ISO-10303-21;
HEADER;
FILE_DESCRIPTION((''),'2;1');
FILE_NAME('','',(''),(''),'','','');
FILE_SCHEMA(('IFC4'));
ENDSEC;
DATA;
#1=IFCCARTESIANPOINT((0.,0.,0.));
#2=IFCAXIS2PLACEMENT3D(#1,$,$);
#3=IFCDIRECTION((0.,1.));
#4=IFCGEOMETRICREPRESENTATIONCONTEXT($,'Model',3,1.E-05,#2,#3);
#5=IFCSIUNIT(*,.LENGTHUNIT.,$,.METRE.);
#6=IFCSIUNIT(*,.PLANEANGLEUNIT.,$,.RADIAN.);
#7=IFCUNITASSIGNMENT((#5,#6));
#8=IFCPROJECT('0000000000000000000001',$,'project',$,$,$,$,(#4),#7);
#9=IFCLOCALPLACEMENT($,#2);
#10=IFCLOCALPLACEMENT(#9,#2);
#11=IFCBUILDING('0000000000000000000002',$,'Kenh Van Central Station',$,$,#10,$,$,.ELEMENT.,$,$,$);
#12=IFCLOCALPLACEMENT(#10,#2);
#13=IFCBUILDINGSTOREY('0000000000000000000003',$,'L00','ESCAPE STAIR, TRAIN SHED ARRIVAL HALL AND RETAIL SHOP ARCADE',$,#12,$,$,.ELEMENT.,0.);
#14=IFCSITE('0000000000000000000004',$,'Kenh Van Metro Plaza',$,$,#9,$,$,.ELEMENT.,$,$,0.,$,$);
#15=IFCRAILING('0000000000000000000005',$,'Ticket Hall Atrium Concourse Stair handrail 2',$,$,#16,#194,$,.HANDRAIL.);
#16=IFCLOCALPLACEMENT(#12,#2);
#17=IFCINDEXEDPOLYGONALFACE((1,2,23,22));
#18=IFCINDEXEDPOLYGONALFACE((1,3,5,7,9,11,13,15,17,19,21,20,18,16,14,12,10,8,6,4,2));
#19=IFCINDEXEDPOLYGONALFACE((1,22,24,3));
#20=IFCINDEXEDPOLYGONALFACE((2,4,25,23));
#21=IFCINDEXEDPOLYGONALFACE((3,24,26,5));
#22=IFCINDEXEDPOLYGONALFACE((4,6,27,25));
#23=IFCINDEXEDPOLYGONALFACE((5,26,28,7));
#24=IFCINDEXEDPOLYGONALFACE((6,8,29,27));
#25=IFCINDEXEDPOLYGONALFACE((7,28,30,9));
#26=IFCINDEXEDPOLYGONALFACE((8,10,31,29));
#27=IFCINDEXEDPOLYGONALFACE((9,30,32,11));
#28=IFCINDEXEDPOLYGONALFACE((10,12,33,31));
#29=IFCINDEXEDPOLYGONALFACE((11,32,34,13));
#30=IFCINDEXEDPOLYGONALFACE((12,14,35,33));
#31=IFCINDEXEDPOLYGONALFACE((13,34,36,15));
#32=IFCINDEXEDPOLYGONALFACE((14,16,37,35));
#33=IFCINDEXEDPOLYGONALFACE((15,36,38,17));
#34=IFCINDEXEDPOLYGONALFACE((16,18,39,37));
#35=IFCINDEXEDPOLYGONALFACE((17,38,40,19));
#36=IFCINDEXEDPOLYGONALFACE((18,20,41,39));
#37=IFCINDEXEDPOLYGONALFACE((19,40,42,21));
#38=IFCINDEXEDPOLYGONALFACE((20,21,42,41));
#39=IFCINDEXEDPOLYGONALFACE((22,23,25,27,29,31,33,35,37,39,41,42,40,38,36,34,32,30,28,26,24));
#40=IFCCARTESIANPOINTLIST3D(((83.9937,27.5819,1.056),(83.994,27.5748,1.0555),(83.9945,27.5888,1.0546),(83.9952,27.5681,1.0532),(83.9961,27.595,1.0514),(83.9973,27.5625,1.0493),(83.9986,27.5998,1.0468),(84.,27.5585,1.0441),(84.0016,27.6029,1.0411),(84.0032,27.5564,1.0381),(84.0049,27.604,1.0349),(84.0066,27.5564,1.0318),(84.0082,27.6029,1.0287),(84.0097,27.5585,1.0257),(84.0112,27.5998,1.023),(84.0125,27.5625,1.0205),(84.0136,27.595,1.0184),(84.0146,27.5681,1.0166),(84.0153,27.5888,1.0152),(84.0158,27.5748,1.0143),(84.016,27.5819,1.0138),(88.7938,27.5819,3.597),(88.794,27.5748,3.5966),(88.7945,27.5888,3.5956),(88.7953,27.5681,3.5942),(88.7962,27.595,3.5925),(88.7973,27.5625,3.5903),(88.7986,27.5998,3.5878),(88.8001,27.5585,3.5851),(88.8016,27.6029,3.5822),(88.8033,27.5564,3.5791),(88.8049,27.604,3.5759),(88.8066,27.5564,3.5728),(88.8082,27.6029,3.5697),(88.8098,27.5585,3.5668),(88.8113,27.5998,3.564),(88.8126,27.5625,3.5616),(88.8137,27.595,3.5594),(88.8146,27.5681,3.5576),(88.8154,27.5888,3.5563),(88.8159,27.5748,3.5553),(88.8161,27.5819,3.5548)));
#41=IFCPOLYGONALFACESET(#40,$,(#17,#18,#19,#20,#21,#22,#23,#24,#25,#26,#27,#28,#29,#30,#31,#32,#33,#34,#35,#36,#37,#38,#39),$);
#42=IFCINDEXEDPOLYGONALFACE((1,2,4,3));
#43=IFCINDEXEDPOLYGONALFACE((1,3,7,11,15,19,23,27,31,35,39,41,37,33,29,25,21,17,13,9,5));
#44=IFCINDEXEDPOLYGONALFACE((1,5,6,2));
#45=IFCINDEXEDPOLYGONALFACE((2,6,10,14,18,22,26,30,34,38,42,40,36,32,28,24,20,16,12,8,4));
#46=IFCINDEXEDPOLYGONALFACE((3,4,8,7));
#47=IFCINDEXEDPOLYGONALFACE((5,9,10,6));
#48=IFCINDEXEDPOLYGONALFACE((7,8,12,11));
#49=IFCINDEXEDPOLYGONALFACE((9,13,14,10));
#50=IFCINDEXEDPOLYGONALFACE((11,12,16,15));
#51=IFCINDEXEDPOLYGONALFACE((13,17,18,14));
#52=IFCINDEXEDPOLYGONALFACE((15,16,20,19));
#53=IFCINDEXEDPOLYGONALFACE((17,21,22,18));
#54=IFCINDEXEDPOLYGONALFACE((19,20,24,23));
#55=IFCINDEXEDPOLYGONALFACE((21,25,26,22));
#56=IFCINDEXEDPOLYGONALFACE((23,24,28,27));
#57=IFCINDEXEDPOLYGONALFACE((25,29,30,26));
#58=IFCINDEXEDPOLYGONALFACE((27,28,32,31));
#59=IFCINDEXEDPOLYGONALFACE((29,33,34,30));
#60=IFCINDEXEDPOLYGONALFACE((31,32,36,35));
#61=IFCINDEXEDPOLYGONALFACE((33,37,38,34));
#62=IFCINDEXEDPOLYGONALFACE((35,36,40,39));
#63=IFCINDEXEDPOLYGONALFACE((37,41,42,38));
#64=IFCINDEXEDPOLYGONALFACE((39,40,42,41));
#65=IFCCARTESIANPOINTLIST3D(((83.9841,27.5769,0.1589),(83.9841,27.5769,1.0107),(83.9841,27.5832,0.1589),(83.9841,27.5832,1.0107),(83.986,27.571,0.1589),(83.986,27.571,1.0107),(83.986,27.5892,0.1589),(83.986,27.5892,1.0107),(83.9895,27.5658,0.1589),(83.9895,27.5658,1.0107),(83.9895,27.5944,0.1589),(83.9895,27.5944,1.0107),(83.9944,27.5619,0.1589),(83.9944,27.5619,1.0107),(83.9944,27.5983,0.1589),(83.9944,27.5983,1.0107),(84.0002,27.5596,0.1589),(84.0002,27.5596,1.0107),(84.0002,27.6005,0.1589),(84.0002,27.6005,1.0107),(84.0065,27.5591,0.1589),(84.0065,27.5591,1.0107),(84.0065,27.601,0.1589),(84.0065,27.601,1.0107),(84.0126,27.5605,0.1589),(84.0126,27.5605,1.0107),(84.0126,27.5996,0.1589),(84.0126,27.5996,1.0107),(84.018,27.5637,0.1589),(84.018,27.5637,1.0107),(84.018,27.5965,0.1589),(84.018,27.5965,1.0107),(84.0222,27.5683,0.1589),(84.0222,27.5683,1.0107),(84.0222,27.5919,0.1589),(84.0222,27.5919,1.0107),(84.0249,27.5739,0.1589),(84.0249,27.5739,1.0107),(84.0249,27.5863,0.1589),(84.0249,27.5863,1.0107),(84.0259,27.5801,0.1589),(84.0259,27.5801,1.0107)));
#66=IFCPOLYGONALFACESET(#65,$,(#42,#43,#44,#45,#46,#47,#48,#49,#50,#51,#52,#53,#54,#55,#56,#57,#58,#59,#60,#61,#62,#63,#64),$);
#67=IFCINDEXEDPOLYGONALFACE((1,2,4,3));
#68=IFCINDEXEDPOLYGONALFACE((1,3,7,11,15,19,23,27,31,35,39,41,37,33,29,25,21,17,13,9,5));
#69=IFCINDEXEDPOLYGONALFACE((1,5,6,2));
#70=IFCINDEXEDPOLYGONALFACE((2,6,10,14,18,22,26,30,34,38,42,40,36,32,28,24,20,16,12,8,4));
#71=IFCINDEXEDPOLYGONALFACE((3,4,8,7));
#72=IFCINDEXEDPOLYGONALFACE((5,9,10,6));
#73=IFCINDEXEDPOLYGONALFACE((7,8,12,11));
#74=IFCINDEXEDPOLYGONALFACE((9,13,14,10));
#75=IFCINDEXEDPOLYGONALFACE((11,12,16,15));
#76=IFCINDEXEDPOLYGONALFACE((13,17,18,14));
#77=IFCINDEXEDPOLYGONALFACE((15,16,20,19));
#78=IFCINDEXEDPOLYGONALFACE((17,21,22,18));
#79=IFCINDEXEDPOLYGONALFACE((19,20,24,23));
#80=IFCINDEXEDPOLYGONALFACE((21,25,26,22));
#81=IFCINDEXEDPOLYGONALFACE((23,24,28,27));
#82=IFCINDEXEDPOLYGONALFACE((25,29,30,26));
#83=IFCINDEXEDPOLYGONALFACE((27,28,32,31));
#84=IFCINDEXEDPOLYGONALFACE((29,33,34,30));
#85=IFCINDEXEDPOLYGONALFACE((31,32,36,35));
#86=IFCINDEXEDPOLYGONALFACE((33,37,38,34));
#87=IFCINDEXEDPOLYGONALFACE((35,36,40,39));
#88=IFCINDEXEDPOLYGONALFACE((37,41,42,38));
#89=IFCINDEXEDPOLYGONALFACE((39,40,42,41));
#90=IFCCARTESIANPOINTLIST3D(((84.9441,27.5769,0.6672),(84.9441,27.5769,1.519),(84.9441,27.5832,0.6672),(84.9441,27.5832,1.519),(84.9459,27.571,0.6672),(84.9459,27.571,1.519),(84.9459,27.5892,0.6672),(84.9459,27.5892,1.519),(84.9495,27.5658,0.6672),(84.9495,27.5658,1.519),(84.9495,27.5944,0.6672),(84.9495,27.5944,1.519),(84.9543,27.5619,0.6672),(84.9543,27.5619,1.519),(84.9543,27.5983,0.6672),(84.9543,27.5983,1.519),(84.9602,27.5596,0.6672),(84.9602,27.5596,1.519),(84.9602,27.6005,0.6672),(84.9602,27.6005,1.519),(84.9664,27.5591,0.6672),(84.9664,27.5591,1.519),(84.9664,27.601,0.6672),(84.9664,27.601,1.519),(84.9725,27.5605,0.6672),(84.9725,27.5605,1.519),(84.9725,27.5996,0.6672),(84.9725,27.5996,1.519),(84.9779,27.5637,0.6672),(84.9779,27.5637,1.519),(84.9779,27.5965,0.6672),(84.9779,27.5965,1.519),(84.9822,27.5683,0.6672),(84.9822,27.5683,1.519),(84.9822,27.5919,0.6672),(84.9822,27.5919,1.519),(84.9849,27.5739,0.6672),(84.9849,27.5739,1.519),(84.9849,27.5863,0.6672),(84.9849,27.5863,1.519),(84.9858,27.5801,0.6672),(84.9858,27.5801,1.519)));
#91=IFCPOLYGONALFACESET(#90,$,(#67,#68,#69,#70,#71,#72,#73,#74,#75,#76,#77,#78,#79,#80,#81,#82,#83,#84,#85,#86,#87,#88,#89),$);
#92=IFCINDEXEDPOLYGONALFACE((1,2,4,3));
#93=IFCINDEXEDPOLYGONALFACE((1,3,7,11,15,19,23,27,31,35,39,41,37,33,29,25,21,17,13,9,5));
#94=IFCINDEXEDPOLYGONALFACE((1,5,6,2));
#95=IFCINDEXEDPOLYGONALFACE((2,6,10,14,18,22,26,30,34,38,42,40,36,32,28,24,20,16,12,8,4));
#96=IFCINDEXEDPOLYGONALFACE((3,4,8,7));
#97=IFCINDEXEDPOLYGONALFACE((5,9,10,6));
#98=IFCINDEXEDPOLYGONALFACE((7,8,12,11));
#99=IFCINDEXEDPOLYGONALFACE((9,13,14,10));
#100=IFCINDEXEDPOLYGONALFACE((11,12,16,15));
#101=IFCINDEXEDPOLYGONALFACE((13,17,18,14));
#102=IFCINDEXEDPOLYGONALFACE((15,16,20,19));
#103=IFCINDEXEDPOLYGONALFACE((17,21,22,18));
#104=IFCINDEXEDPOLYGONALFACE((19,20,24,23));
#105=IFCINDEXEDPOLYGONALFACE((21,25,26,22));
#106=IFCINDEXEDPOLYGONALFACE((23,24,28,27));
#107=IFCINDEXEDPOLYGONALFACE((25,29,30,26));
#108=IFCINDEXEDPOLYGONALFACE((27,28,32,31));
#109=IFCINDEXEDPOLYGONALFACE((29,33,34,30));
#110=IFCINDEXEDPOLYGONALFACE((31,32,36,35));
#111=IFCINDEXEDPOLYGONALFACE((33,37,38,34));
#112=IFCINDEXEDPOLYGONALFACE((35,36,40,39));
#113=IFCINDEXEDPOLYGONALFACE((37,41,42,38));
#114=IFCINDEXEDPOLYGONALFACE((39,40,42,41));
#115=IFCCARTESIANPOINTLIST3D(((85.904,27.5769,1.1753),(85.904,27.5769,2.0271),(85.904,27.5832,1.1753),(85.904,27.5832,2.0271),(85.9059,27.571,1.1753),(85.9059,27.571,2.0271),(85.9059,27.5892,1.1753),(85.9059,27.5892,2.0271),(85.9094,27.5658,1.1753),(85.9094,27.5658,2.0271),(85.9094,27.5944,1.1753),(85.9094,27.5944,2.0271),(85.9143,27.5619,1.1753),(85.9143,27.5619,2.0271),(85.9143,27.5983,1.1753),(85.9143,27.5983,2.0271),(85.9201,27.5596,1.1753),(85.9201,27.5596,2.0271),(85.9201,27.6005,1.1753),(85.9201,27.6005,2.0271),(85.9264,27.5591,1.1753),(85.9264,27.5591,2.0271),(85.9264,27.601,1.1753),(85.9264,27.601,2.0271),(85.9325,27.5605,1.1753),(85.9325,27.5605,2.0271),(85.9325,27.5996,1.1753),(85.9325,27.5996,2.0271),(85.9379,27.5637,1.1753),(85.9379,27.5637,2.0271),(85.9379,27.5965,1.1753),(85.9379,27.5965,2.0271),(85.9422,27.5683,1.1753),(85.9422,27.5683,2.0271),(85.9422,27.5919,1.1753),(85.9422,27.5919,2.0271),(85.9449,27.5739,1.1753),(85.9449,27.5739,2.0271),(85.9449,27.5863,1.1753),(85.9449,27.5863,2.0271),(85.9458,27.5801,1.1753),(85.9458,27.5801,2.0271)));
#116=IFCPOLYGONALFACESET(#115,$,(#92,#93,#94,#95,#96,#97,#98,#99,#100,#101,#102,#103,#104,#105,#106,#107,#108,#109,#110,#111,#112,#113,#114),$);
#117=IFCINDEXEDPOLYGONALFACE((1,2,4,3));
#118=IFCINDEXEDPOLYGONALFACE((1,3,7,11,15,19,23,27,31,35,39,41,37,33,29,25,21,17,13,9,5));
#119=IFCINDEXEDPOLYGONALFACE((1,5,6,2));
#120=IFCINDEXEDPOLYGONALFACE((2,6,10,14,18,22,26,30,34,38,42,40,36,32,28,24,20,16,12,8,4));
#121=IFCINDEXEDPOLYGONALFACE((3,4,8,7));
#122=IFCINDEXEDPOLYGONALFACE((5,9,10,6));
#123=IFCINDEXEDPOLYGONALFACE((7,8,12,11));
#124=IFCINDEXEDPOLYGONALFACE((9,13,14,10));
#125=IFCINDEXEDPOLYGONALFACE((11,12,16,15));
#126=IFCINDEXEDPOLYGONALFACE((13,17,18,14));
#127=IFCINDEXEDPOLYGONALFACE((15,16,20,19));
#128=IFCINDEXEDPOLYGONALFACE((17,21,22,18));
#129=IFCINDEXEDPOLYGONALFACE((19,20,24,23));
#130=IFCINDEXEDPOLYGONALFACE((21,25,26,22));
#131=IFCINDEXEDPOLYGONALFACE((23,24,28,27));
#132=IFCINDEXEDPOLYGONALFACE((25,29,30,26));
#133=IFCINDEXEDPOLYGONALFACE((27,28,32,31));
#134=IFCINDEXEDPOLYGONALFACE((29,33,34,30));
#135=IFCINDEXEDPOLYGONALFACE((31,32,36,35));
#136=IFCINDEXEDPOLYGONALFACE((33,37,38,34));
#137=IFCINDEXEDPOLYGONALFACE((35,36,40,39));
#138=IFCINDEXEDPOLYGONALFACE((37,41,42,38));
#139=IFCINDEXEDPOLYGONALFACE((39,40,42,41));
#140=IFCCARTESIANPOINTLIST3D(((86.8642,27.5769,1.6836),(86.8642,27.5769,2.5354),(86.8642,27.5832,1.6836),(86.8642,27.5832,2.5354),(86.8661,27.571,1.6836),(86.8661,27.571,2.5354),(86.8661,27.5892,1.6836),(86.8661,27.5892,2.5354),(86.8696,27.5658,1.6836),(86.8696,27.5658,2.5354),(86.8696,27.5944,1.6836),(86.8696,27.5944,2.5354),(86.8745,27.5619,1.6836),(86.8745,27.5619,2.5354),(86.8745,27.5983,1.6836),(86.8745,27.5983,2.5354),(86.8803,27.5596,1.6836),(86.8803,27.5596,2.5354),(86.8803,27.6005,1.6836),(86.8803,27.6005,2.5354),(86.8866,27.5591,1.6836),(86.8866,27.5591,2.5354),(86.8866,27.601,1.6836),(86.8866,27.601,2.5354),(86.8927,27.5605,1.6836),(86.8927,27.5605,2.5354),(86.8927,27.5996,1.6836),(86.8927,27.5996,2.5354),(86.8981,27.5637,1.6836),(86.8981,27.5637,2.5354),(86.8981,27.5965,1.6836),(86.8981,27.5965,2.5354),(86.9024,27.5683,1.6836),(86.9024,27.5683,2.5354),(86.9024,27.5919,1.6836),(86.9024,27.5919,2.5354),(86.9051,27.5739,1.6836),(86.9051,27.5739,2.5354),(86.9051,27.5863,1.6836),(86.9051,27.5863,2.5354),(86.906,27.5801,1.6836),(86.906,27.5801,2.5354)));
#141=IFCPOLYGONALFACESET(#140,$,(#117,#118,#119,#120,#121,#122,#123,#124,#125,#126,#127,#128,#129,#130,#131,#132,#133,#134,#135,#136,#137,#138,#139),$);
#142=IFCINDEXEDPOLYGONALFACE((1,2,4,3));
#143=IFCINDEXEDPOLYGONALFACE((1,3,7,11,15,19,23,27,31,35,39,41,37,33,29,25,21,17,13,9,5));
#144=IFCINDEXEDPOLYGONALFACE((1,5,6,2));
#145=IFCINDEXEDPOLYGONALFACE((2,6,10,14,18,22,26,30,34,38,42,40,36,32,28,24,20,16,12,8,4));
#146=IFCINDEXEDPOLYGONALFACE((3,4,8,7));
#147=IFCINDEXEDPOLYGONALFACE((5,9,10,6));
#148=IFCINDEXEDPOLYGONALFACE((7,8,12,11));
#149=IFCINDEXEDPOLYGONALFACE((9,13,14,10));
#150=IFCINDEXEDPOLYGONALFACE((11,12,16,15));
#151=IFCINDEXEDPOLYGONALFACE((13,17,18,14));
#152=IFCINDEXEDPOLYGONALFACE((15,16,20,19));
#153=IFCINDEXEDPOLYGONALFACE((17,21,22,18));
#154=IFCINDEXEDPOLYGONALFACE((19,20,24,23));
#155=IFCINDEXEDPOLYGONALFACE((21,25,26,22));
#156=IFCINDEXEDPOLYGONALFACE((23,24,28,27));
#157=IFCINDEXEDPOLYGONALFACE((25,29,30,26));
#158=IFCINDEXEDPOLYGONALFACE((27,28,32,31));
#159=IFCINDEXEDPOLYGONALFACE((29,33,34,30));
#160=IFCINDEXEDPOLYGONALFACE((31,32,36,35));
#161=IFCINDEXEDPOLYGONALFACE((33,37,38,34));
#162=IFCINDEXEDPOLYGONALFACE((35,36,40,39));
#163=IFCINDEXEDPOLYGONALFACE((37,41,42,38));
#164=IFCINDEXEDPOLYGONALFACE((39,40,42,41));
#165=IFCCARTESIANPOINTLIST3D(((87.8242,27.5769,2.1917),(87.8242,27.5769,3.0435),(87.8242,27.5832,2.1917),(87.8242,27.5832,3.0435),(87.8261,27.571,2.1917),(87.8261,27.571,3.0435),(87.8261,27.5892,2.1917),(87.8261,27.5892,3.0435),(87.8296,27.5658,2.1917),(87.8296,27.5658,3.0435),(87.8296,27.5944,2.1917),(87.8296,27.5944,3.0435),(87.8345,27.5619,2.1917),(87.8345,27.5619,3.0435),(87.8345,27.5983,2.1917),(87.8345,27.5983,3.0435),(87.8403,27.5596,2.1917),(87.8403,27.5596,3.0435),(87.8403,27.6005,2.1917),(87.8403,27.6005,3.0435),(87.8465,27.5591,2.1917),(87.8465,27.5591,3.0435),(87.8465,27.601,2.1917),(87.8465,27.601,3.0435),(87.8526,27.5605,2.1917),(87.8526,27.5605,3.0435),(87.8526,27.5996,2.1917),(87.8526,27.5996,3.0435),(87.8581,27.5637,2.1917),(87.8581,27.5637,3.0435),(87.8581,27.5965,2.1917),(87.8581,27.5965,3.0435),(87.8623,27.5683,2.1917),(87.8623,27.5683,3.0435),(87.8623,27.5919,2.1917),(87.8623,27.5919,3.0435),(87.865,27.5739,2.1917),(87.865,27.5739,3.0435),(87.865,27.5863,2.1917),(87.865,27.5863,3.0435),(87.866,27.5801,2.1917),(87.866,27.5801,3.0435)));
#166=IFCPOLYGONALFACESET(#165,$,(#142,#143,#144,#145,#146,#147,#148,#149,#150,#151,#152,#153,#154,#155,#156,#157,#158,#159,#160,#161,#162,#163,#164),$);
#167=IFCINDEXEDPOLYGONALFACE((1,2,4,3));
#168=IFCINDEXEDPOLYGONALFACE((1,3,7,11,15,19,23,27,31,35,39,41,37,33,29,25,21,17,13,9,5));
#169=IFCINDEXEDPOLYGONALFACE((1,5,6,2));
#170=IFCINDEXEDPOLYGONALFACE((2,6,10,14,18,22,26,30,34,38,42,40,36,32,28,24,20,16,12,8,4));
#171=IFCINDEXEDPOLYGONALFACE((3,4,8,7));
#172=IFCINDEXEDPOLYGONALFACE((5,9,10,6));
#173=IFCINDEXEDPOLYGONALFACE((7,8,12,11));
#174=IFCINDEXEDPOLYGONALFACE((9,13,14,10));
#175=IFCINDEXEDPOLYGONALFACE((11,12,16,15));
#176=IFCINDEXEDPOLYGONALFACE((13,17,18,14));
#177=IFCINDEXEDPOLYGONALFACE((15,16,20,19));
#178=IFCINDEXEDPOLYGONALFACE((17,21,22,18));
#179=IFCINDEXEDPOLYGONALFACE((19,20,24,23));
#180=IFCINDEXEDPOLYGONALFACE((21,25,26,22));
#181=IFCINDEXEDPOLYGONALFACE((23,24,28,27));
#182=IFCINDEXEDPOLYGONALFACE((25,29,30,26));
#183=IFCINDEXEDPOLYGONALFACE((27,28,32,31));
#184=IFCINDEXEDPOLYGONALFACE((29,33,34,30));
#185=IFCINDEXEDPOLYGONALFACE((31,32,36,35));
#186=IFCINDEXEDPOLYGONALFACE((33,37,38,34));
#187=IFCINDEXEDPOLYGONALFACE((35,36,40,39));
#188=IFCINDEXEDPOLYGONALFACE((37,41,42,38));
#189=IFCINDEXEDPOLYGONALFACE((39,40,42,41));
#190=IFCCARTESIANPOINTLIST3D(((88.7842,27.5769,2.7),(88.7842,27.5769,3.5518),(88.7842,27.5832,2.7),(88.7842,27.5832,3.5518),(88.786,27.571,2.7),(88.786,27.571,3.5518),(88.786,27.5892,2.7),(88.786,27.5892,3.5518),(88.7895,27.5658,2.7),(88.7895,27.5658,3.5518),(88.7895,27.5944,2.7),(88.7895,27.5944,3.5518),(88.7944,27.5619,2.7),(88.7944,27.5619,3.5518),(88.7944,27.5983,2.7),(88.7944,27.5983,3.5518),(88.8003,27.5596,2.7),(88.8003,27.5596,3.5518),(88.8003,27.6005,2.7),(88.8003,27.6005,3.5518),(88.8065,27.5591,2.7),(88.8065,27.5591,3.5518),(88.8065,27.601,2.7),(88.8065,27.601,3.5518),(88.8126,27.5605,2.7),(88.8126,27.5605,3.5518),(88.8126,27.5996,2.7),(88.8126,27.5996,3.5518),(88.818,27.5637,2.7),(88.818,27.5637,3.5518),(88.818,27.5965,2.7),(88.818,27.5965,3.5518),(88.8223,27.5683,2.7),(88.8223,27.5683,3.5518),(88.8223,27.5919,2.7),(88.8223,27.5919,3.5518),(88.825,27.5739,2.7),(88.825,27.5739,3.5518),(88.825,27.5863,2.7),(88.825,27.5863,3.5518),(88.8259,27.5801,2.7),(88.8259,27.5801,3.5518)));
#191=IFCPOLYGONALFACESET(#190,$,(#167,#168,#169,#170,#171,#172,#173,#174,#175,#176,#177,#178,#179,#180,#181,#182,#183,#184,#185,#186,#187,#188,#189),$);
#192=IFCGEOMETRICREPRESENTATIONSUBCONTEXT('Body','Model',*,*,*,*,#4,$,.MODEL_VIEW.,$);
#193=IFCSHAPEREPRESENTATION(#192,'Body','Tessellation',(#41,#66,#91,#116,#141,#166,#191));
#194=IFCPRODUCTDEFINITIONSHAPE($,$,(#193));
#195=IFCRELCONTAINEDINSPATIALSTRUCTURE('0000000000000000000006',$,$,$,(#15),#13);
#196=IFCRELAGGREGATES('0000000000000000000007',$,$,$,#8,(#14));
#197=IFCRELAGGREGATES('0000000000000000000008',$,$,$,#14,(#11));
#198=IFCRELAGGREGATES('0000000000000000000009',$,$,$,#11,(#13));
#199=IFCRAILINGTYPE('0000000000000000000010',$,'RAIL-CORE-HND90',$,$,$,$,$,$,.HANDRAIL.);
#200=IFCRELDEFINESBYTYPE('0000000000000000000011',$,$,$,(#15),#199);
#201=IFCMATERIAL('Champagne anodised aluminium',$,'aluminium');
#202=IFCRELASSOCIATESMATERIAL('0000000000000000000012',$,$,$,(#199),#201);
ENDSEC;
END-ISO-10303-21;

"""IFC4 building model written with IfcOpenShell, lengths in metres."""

from ifc_helpers import new_model, si_unit, direction, frame, origin, origin_2d, place, context, subcontext, project, spatial, circle, extrude, material, type_object, element, save


model = new_model("IFC4")

# Units and contexts
model_context = context("Model", 3, precision=1e-05, world=origin(), true_north=direction((0.0, 1.0)))
body_context = subcontext(model_context, "Body", "Model", "MODEL_VIEW")
ifc_project = project(units=[si_unit("LENGTHUNIT", "METRE"), si_unit("PLANEANGLEUNIT", "RADIAN")], contexts=[model_context])

# Site, building, storey
site_placement = place(None, origin())
site = spatial("IfcSite", under=ifc_project, at=site_placement, Name="Kenh Van Metro Plaza", CompositionType="ELEMENT", RefElevation=0.0)
building_placement = place(site_placement, origin())
building = spatial("IfcBuilding", under=site, at=building_placement, Name="Kenh Van Central Station", CompositionType="ELEMENT")
storey_placement = place(building_placement, origin())
storey = spatial("IfcBuildingStorey", under=building, at=storey_placement, Name="L00", Description="ESCAPE STAIR, TRAIN SHED ARRIVAL HALL AND RETAIL SHOP ARCADE", CompositionType="ELEMENT", Elevation=0.0)

# Shared definitions
ifc_material_1 = material(Name="Champagne anodised aluminium", Category="aluminium")

# Railing
railing_type_1 = type_object("IfcRailingType", Name="RAIL-CORE-HND90", PredefinedType="HANDRAIL", material=ifc_material_1)
for number, where, name in (
    (1, (84.0049, 27.5801, 0.1589), "Ticket Hall Atrium Concourse Stair handrail 2"),
):
    element("IfcRailing", number, at=place(storey_placement, frame(where)), inside=storey, type_object=railing_type_1, Name=name, PredefinedType="HANDRAIL", context=body_context, shape_type="SweptSolid", body=[
        extrude(circle(Radius=0.0239, at=origin_2d()), frame((0.0, 0.0, 0.876), z_axis=(0.883802, 0.0, 0.467861), x_axis=(0.0, 1.0, 0.0)), (0.0, 0.0, 1.0), 5.4312),
        extrude(circle(Radius=0.021, at=origin_2d()), origin(), (0.0, 0.0, 1.0), 0.8518),
        extrude(circle(Radius=0.021, at=origin_2d()), frame((0.96, 0.0, 0.5083)), (0.0, 0.0, 1.0), 0.8518),
        extrude(circle(Radius=0.021, at=origin_2d()), frame((1.9199, 0.0, 1.0164)), (0.0, 0.0, 1.0), 0.8518),
        extrude(circle(Radius=0.021, at=origin_2d()), frame((2.8801, 0.0, 1.5247)), (0.0, 0.0, 1.0), 0.8518),
        extrude(circle(Radius=0.021, at=origin_2d()), frame((3.8401, 0.0, 2.0327)), (0.0, 0.0, 1.0), 0.8518),
        extrude(circle(Radius=0.021, at=origin_2d()), frame((4.8, 0.0, 2.541)), (0.0, 0.0, 1.0), 0.8518),
    ])

save(model, "model.ifc")
